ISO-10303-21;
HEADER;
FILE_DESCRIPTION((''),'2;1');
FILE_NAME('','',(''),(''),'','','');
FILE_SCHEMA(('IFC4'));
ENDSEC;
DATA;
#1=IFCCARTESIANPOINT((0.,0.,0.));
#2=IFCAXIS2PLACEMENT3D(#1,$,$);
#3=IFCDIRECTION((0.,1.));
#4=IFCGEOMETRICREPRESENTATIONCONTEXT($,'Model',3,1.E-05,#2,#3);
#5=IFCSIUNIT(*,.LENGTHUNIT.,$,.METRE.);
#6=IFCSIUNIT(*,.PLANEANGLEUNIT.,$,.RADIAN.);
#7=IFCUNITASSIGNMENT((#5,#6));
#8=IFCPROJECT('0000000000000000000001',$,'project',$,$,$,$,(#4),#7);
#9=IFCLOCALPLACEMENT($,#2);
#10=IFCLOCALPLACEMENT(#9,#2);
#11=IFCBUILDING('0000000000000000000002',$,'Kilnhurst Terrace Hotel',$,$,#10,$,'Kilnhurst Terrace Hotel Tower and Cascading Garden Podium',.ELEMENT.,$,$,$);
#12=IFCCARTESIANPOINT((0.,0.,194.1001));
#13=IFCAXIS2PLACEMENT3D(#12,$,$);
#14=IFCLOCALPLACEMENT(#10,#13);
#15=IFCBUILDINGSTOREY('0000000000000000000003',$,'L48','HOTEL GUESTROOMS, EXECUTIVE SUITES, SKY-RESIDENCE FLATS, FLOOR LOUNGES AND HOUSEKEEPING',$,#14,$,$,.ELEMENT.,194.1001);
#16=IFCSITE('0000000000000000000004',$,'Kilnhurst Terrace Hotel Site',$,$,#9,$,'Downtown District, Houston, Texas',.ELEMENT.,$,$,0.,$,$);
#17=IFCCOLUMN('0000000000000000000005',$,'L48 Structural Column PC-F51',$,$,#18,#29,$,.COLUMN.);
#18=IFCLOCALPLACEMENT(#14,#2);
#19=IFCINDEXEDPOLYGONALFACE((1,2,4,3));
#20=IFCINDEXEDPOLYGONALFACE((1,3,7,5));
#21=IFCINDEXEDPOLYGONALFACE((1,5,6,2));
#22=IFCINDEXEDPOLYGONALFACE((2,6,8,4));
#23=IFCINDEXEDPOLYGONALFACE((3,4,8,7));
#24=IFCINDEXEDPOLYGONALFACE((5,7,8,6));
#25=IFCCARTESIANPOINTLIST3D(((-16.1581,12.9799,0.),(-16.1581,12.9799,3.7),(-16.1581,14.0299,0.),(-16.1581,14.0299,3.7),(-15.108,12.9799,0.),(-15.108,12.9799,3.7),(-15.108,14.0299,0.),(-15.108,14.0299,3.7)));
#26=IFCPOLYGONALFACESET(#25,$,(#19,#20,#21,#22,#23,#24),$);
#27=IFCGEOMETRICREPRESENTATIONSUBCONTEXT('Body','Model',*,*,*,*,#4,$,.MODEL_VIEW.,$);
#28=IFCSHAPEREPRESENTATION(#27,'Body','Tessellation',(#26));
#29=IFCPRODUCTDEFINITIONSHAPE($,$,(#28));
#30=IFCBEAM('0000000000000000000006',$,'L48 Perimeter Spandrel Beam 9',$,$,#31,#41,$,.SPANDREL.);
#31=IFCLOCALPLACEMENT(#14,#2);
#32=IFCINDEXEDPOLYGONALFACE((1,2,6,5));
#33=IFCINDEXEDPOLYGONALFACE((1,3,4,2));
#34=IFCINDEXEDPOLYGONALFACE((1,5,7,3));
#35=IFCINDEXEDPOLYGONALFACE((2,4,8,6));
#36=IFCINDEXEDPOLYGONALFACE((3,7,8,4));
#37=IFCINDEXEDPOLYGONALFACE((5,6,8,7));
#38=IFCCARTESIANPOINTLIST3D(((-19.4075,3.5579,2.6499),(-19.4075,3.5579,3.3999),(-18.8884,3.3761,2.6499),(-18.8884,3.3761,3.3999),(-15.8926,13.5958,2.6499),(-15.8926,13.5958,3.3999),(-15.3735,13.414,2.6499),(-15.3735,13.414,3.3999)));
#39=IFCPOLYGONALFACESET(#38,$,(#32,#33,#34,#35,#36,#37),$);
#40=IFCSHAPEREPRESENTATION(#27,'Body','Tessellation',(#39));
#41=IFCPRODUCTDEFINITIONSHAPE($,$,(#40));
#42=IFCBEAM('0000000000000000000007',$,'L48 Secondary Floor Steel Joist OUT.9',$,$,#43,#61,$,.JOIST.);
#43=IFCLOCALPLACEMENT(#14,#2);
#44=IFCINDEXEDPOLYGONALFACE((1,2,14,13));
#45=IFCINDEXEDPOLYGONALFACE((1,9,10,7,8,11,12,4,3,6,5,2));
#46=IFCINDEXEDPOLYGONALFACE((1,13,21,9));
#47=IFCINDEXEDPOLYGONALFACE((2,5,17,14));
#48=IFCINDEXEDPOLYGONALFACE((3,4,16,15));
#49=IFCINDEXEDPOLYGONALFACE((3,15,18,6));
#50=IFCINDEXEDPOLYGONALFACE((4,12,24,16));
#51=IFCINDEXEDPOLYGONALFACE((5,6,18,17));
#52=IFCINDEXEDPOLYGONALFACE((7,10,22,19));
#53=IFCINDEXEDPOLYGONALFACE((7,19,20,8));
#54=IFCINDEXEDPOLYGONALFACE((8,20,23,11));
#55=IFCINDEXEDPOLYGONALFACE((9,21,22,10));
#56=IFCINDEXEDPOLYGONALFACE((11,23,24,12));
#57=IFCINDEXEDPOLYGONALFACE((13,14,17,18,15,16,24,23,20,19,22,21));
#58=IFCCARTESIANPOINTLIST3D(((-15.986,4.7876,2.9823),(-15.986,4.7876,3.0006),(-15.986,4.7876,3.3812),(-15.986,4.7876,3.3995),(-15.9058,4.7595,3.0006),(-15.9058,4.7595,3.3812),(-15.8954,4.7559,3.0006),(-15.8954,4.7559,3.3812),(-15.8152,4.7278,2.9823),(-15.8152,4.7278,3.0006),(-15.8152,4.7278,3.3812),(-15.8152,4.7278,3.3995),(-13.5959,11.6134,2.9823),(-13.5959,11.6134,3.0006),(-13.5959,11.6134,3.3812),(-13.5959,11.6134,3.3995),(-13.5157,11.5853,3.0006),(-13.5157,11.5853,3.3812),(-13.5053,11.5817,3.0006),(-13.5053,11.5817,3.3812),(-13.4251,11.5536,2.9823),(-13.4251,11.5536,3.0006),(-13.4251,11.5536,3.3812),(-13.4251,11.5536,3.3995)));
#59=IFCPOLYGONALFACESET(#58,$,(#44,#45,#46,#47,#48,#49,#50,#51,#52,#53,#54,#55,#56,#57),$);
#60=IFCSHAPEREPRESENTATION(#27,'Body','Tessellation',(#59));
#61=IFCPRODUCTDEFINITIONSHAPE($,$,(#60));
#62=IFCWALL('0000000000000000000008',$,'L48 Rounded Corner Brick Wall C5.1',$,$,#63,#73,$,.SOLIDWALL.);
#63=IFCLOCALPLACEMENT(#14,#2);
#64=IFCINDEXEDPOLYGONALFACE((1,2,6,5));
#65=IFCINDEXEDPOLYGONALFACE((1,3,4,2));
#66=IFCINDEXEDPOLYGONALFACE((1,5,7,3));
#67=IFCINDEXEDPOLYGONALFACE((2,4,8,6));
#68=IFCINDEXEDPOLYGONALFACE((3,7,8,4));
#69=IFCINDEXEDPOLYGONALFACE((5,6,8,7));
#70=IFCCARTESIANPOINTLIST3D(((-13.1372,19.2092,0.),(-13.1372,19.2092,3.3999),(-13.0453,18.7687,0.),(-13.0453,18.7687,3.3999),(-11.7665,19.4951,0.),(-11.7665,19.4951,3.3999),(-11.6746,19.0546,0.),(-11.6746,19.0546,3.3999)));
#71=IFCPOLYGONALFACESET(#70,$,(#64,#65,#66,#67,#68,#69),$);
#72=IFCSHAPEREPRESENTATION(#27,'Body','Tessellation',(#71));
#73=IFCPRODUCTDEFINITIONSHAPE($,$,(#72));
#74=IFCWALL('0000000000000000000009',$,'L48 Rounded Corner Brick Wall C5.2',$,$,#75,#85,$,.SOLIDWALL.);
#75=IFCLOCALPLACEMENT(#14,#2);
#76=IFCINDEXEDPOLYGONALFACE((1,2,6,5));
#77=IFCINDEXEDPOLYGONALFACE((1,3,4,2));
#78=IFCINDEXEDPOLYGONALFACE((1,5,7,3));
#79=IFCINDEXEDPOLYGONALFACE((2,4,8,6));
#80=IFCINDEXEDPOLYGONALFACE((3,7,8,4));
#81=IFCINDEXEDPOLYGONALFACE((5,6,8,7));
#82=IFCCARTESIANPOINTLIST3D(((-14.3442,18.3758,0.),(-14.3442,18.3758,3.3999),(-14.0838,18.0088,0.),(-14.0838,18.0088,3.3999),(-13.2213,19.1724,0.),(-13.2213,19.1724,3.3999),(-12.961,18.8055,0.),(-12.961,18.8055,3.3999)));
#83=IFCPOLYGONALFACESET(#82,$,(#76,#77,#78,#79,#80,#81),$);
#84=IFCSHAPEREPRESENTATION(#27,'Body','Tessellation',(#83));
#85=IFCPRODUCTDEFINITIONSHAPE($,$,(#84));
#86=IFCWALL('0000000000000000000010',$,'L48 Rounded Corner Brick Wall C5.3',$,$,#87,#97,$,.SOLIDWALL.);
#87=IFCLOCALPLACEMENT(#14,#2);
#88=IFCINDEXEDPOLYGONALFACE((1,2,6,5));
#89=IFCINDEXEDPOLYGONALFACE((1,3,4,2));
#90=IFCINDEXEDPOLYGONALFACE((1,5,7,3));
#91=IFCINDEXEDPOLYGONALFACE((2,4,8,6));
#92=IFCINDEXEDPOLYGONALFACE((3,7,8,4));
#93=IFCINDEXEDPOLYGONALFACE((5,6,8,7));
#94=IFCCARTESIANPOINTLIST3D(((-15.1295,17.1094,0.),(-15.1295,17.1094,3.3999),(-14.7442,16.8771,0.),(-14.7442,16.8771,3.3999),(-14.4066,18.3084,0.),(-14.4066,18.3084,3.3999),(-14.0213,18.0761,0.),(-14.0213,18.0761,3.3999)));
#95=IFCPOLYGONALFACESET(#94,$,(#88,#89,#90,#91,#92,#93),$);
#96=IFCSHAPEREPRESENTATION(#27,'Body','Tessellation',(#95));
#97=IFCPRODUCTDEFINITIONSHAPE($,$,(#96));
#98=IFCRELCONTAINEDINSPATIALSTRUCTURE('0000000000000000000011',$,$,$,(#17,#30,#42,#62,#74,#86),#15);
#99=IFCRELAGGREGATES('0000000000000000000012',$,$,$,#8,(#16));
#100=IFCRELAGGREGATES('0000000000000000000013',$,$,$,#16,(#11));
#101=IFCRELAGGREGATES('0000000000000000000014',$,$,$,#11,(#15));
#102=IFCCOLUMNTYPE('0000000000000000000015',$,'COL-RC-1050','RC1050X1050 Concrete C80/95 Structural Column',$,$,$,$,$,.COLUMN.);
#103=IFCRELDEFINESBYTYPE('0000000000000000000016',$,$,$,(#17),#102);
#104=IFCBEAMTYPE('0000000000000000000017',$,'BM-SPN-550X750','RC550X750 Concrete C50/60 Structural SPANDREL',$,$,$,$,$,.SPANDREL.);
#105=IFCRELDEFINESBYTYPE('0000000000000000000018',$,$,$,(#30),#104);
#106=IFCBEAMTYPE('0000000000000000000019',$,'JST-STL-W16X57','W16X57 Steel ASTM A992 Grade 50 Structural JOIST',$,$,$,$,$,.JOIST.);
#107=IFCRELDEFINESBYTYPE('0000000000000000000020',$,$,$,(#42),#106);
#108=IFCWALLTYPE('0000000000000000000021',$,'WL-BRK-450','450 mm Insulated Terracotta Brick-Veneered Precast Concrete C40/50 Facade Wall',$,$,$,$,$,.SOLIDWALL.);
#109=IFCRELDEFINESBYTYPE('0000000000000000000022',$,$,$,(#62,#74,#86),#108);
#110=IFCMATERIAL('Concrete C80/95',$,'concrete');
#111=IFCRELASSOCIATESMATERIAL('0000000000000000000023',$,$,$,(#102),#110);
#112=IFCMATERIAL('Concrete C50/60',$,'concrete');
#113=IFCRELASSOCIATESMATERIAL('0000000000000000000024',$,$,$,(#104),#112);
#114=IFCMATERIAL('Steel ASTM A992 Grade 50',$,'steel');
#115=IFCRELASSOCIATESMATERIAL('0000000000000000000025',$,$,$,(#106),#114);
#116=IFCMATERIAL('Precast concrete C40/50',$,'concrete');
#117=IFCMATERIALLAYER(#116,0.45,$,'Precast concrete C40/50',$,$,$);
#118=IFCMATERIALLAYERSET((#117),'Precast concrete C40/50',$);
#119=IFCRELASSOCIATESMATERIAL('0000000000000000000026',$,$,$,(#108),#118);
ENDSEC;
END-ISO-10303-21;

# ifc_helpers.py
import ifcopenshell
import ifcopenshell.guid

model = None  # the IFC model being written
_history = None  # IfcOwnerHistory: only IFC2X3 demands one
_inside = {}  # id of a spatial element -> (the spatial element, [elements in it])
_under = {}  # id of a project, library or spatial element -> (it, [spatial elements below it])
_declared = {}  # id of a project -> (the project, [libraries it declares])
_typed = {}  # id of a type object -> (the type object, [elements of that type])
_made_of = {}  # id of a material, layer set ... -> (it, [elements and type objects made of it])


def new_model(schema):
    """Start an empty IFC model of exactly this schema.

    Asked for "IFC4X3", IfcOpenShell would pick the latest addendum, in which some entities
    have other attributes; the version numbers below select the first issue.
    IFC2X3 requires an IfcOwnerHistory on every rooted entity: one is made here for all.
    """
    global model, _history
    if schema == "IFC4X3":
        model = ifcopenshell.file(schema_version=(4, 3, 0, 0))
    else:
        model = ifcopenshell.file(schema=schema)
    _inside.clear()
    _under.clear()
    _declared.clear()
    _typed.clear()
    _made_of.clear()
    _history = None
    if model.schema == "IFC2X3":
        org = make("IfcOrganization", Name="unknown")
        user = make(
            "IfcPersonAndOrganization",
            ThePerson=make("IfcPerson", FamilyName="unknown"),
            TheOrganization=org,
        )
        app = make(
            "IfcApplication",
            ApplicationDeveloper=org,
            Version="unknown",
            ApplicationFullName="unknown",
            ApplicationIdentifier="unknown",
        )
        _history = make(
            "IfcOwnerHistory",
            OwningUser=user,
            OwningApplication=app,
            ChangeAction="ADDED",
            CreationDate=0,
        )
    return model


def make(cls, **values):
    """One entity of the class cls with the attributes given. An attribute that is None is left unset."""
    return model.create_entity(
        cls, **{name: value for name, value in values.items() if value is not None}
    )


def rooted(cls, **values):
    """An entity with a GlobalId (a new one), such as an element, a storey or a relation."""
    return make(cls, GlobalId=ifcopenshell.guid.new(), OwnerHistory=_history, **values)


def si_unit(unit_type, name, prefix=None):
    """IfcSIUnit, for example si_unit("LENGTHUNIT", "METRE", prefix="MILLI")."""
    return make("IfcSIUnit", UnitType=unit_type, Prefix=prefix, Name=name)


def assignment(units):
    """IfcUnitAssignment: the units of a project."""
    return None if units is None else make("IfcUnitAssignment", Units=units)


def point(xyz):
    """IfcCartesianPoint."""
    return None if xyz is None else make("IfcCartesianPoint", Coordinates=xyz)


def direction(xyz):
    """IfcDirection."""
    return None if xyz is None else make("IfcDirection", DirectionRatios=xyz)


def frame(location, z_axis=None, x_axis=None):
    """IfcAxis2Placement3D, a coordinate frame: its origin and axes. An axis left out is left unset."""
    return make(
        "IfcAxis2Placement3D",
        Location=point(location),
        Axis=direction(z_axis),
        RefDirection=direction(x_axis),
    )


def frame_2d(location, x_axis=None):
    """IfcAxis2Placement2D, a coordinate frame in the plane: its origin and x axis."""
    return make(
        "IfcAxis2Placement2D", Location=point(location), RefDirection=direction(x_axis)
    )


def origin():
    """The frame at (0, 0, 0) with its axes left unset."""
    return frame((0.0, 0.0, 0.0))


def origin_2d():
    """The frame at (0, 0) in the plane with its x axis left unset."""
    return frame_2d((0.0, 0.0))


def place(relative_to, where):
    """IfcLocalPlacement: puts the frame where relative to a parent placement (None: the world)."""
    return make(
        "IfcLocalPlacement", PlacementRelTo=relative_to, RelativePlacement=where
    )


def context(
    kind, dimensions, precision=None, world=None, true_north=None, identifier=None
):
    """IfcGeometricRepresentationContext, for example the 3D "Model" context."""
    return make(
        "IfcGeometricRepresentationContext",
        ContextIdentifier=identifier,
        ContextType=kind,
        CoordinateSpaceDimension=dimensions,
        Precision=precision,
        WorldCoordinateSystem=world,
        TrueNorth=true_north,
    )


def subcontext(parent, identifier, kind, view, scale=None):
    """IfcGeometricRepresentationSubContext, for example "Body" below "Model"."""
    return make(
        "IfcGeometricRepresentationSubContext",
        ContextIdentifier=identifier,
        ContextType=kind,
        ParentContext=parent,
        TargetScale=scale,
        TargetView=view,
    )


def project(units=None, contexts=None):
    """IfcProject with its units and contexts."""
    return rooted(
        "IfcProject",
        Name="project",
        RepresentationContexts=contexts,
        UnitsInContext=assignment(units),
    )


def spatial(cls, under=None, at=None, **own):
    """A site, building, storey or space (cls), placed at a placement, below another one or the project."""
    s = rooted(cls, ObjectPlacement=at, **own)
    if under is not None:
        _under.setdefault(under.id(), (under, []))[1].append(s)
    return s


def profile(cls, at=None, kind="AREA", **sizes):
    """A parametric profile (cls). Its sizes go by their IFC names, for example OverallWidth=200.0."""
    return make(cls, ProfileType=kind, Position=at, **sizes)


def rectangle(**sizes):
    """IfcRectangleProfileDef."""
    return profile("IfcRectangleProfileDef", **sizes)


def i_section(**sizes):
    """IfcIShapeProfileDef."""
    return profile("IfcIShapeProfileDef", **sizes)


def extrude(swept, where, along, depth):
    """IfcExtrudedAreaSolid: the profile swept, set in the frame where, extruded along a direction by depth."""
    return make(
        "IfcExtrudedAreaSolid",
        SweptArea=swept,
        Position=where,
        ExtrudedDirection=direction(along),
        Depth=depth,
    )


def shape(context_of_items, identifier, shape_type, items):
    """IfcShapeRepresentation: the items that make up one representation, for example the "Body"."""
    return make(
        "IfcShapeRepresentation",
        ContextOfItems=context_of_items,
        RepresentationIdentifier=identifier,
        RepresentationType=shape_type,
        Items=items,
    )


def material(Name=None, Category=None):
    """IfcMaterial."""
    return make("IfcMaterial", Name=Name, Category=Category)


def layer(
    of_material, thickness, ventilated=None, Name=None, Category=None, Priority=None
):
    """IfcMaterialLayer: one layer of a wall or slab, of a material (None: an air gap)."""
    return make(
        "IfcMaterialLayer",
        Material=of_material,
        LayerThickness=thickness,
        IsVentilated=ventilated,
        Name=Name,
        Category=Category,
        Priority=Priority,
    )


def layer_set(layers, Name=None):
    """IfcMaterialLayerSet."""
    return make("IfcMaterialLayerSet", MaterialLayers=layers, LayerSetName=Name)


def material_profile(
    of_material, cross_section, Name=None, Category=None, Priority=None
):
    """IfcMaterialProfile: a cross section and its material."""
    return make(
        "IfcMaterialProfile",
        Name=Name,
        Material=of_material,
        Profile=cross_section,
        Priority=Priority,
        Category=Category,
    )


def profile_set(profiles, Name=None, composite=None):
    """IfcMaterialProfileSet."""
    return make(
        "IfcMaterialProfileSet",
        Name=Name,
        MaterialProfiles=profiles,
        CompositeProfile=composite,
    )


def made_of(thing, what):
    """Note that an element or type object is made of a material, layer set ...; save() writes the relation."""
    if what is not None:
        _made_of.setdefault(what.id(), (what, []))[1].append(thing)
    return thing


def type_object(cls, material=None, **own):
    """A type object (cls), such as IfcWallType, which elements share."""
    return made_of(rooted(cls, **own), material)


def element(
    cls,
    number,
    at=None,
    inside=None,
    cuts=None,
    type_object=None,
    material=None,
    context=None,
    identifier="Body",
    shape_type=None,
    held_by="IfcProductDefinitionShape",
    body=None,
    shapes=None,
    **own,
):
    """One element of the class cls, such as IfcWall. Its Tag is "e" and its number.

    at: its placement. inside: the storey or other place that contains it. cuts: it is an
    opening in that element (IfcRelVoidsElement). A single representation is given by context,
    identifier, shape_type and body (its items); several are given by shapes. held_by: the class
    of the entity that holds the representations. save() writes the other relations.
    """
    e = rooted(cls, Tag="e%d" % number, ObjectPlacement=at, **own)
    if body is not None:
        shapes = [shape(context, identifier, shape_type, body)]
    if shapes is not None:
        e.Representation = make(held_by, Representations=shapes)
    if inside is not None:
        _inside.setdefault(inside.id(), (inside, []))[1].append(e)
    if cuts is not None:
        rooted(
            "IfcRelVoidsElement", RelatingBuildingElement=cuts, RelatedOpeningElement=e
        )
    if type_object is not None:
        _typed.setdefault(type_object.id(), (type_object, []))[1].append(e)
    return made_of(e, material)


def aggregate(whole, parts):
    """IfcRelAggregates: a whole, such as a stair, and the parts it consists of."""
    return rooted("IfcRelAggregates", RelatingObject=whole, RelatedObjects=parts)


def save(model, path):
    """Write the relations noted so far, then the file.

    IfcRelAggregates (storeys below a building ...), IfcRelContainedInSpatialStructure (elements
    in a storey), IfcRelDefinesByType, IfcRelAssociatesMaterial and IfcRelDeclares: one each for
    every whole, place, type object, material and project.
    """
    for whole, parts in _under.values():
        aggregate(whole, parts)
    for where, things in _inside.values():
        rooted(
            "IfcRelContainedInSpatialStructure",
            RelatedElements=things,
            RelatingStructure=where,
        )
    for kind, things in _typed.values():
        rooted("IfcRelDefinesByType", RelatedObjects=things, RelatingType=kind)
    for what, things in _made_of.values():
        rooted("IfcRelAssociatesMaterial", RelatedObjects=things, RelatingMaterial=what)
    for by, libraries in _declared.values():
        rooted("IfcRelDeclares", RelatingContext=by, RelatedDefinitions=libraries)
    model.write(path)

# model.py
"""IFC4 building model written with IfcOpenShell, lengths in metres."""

from ifc_helpers import new_model, si_unit, direction, frame, frame_2d, origin, origin_2d, place, context, subcontext, project, spatial, rectangle, i_section, extrude, material, layer, layer_set, material_profile, profile_set, type_object, element, save


model = new_model("IFC4")

# Units and contexts
model_context = context("Model", 3, precision=1e-05, world=origin(), true_north=direction((0.0, 1.0)))
body_context = subcontext(model_context, "Body", "Model", "MODEL_VIEW")
ifc_project = project(units=[si_unit("LENGTHUNIT", "METRE"), si_unit("PLANEANGLEUNIT", "RADIAN")], contexts=[model_context])

# Site, building, storey
site_placement = place(None, origin())
site = spatial("IfcSite", under=ifc_project, at=site_placement, Name="Kilnhurst Terrace Hotel Site", LongName="Downtown District, Houston, Texas", CompositionType="ELEMENT", RefElevation=0.0)
building_placement = place(site_placement, origin())
building = spatial("IfcBuilding", under=site, at=building_placement, Name="Kilnhurst Terrace Hotel", LongName="Kilnhurst Terrace Hotel Tower and Cascading Garden Podium", CompositionType="ELEMENT")
storey_placement = place(building_placement, frame((0.0, 0.0, 194.1001)))
storey = spatial("IfcBuildingStorey", under=building, at=storey_placement, Name="L48", Description="HOTEL GUESTROOMS, EXECUTIVE SUITES, SKY-RESIDENCE FLATS, FLOOR LOUNGES AND HOUSEKEEPING", CompositionType="ELEMENT", Elevation=194.1001)

# Column
ifc_material_1 = material(Name="Concrete C80/95", Category="concrete")
ifc_material_profile_1 = material_profile(ifc_material_1, rectangle(XDim=1.05, YDim=1.05, at=origin_2d()), Name="RC1050X1050")
ifc_profile_set_1 = profile_set([ifc_material_profile_1], Name="Concrete C80/95")
column_type = type_object("IfcColumnType", Name="COL-RC-1050", Description="RC1050X1050 Concrete C80/95 Structural Column", PredefinedType="COLUMN", material=ifc_profile_set_1)
column_placement = place(storey_placement, frame((-15.6331, 13.5049, 0.0), z_axis=(0.0, 0.0, 1.0), x_axis=(1.0, 0.0, 0.0)))
element("IfcColumn", 1, at=column_placement, inside=storey, type_object=column_type, Name="L48 Structural Column PC-F51", PredefinedType="COLUMN", context=body_context, shape_type="SweptSolid", body=[
    extrude(rectangle(XDim=1.05, YDim=1.05, at=origin_2d()), origin(), (0.0, 0.0, 1.0), 3.7),
])

# Beams
ifc_material_2 = material(Name="Concrete C50/60", Category="concrete")
ifc_material_profile_2 = material_profile(ifc_material_2, rectangle(XDim=0.55, YDim=0.75, at=origin_2d()), Name="RC550X750")
ifc_profile_set_2 = profile_set([ifc_material_profile_2], Name="Concrete C50/60")
beam_type_1 = type_object("IfcBeamType", Name="BM-SPN-550X750", Description="RC550X750 Concrete C50/60 Structural SPANDREL", PredefinedType="SPANDREL", material=ifc_profile_set_2)
beam_1_placement = place(storey_placement, frame((-15.6331, 13.5049, 3.0249), z_axis=(-0.330488, -0.94381, 0.0), x_axis=(0.94381, -0.330488, 0.0)))
element("IfcBeam", 2, at=beam_1_placement, inside=storey, type_object=beam_type_1, Name="L48 Perimeter Spandrel Beam 9", PredefinedType="SPANDREL", context=body_context, shape_type="SweptSolid", body=[
    extrude(rectangle(XDim=0.55, YDim=0.75, at=origin_2d()), origin(), (0.0, 0.0, 1.0), 10.6355),
])
ifc_material_3 = material(Name="Steel ASTM A992 Grade 50", Category="steel")
ifc_material_profile_3 = material_profile(ifc_material_3, i_section(OverallWidth=0.1809, OverallDepth=0.4172, WebThickness=0.011, FlangeThickness=0.0183, at=origin_2d()), Name="W16X57")
ifc_profile_set_3 = profile_set([ifc_material_profile_3], Name="Steel ASTM A992 Grade 50")
beam_type_2 = type_object("IfcBeamType", Name="JST-STL-W16X57", Description="W16X57 Steel ASTM A992 Grade 50 Structural JOIST", PredefinedType="JOIST", material=ifc_profile_set_3)
beam_2_placement = place(storey_placement, frame((-13.5105, 11.5835, 3.1909), z_axis=(-0.330481, -0.943813, 0.0), x_axis=(0.943813, -0.330481, 0.0)))
element("IfcBeam", 3, at=beam_2_placement, inside=storey, type_object=beam_type_2, Name="L48 Secondary Floor Steel Joist OUT.9", PredefinedType="JOIST", context=body_context, shape_type="SweptSolid", body=[
    extrude(i_section(OverallWidth=0.1809, OverallDepth=0.4172, WebThickness=0.011, FlangeThickness=0.0183, at=origin_2d()), origin(), (0.0, 0.0, 1.0), 7.2322),
])

# Walls
ifc_material_4 = material(Name="Precast concrete C40/50", Category="concrete")
ifc_layer_1 = layer(ifc_material_4, 0.45, Name="Precast concrete C40/50")
ifc_layer_set_1 = layer_set([ifc_layer_1], Name="Precast concrete C40/50")
wall_type_1 = type_object("IfcWallType", Name="WL-BRK-450", Description="450 mm Insulated Terracotta Brick-Veneered Precast Concrete C40/50 Facade Wall", PredefinedType="SOLIDWALL", material=ifc_layer_set_1)
wall_1_placement = place(storey_placement, frame((-11.7205, 19.2749, 0.0), z_axis=(0.0, 0.0, 1.0), x_axis=(-0.978931, -0.204191, 0.0)))
element("IfcWall", 4, at=wall_1_placement, inside=storey, type_object=wall_type_1, Name="L48 Rounded Corner Brick Wall C5.1", PredefinedType="SOLIDWALL", context=body_context, shape_type="SweptSolid", body=[
    extrude(rectangle(XDim=1.4001, YDim=0.45, at=frame_2d((0.7002, 0.0))), origin(), (0.0, 0.0, 1.0), 3.3999),
])
wall_2_placement = place(storey_placement, frame((-13.0911, 18.989, 0.0), z_axis=(0.0, 0.0, 1.0), x_axis=(-0.815575, -0.578652, 0.0)))
element("IfcWall", 5, at=wall_2_placement, inside=storey, type_object=wall_type_1, Name="L48 Rounded Corner Brick Wall C5.2", PredefinedType="SOLIDWALL", context=body_context, shape_type="SweptSolid", body=[
    extrude(rectangle(XDim=1.3767, YDim=0.45, at=frame_2d((0.6885, 0.0))), origin(), (0.0, 0.0, 1.0), 3.3999),
])
wall_3_placement = place(storey_placement, frame((-14.2139, 18.1924, 0.0), z_axis=(0.0, 0.0, 1.0), x_axis=(-0.516341, -0.856383, 0.0)))
element("IfcWall", 6, at=wall_3_placement, inside=storey, type_object=wall_type_1, Name="L48 Rounded Corner Brick Wall C5.3", PredefinedType="SOLIDWALL", context=body_context, shape_type="SweptSolid", body=[
    extrude(rectangle(XDim=1.4001, YDim=0.45, at=frame_2d((0.7002, 0.0))), origin(), (0.0, 0.0, 1.0), 3.3999),
])

save(model, "model.ifc")
